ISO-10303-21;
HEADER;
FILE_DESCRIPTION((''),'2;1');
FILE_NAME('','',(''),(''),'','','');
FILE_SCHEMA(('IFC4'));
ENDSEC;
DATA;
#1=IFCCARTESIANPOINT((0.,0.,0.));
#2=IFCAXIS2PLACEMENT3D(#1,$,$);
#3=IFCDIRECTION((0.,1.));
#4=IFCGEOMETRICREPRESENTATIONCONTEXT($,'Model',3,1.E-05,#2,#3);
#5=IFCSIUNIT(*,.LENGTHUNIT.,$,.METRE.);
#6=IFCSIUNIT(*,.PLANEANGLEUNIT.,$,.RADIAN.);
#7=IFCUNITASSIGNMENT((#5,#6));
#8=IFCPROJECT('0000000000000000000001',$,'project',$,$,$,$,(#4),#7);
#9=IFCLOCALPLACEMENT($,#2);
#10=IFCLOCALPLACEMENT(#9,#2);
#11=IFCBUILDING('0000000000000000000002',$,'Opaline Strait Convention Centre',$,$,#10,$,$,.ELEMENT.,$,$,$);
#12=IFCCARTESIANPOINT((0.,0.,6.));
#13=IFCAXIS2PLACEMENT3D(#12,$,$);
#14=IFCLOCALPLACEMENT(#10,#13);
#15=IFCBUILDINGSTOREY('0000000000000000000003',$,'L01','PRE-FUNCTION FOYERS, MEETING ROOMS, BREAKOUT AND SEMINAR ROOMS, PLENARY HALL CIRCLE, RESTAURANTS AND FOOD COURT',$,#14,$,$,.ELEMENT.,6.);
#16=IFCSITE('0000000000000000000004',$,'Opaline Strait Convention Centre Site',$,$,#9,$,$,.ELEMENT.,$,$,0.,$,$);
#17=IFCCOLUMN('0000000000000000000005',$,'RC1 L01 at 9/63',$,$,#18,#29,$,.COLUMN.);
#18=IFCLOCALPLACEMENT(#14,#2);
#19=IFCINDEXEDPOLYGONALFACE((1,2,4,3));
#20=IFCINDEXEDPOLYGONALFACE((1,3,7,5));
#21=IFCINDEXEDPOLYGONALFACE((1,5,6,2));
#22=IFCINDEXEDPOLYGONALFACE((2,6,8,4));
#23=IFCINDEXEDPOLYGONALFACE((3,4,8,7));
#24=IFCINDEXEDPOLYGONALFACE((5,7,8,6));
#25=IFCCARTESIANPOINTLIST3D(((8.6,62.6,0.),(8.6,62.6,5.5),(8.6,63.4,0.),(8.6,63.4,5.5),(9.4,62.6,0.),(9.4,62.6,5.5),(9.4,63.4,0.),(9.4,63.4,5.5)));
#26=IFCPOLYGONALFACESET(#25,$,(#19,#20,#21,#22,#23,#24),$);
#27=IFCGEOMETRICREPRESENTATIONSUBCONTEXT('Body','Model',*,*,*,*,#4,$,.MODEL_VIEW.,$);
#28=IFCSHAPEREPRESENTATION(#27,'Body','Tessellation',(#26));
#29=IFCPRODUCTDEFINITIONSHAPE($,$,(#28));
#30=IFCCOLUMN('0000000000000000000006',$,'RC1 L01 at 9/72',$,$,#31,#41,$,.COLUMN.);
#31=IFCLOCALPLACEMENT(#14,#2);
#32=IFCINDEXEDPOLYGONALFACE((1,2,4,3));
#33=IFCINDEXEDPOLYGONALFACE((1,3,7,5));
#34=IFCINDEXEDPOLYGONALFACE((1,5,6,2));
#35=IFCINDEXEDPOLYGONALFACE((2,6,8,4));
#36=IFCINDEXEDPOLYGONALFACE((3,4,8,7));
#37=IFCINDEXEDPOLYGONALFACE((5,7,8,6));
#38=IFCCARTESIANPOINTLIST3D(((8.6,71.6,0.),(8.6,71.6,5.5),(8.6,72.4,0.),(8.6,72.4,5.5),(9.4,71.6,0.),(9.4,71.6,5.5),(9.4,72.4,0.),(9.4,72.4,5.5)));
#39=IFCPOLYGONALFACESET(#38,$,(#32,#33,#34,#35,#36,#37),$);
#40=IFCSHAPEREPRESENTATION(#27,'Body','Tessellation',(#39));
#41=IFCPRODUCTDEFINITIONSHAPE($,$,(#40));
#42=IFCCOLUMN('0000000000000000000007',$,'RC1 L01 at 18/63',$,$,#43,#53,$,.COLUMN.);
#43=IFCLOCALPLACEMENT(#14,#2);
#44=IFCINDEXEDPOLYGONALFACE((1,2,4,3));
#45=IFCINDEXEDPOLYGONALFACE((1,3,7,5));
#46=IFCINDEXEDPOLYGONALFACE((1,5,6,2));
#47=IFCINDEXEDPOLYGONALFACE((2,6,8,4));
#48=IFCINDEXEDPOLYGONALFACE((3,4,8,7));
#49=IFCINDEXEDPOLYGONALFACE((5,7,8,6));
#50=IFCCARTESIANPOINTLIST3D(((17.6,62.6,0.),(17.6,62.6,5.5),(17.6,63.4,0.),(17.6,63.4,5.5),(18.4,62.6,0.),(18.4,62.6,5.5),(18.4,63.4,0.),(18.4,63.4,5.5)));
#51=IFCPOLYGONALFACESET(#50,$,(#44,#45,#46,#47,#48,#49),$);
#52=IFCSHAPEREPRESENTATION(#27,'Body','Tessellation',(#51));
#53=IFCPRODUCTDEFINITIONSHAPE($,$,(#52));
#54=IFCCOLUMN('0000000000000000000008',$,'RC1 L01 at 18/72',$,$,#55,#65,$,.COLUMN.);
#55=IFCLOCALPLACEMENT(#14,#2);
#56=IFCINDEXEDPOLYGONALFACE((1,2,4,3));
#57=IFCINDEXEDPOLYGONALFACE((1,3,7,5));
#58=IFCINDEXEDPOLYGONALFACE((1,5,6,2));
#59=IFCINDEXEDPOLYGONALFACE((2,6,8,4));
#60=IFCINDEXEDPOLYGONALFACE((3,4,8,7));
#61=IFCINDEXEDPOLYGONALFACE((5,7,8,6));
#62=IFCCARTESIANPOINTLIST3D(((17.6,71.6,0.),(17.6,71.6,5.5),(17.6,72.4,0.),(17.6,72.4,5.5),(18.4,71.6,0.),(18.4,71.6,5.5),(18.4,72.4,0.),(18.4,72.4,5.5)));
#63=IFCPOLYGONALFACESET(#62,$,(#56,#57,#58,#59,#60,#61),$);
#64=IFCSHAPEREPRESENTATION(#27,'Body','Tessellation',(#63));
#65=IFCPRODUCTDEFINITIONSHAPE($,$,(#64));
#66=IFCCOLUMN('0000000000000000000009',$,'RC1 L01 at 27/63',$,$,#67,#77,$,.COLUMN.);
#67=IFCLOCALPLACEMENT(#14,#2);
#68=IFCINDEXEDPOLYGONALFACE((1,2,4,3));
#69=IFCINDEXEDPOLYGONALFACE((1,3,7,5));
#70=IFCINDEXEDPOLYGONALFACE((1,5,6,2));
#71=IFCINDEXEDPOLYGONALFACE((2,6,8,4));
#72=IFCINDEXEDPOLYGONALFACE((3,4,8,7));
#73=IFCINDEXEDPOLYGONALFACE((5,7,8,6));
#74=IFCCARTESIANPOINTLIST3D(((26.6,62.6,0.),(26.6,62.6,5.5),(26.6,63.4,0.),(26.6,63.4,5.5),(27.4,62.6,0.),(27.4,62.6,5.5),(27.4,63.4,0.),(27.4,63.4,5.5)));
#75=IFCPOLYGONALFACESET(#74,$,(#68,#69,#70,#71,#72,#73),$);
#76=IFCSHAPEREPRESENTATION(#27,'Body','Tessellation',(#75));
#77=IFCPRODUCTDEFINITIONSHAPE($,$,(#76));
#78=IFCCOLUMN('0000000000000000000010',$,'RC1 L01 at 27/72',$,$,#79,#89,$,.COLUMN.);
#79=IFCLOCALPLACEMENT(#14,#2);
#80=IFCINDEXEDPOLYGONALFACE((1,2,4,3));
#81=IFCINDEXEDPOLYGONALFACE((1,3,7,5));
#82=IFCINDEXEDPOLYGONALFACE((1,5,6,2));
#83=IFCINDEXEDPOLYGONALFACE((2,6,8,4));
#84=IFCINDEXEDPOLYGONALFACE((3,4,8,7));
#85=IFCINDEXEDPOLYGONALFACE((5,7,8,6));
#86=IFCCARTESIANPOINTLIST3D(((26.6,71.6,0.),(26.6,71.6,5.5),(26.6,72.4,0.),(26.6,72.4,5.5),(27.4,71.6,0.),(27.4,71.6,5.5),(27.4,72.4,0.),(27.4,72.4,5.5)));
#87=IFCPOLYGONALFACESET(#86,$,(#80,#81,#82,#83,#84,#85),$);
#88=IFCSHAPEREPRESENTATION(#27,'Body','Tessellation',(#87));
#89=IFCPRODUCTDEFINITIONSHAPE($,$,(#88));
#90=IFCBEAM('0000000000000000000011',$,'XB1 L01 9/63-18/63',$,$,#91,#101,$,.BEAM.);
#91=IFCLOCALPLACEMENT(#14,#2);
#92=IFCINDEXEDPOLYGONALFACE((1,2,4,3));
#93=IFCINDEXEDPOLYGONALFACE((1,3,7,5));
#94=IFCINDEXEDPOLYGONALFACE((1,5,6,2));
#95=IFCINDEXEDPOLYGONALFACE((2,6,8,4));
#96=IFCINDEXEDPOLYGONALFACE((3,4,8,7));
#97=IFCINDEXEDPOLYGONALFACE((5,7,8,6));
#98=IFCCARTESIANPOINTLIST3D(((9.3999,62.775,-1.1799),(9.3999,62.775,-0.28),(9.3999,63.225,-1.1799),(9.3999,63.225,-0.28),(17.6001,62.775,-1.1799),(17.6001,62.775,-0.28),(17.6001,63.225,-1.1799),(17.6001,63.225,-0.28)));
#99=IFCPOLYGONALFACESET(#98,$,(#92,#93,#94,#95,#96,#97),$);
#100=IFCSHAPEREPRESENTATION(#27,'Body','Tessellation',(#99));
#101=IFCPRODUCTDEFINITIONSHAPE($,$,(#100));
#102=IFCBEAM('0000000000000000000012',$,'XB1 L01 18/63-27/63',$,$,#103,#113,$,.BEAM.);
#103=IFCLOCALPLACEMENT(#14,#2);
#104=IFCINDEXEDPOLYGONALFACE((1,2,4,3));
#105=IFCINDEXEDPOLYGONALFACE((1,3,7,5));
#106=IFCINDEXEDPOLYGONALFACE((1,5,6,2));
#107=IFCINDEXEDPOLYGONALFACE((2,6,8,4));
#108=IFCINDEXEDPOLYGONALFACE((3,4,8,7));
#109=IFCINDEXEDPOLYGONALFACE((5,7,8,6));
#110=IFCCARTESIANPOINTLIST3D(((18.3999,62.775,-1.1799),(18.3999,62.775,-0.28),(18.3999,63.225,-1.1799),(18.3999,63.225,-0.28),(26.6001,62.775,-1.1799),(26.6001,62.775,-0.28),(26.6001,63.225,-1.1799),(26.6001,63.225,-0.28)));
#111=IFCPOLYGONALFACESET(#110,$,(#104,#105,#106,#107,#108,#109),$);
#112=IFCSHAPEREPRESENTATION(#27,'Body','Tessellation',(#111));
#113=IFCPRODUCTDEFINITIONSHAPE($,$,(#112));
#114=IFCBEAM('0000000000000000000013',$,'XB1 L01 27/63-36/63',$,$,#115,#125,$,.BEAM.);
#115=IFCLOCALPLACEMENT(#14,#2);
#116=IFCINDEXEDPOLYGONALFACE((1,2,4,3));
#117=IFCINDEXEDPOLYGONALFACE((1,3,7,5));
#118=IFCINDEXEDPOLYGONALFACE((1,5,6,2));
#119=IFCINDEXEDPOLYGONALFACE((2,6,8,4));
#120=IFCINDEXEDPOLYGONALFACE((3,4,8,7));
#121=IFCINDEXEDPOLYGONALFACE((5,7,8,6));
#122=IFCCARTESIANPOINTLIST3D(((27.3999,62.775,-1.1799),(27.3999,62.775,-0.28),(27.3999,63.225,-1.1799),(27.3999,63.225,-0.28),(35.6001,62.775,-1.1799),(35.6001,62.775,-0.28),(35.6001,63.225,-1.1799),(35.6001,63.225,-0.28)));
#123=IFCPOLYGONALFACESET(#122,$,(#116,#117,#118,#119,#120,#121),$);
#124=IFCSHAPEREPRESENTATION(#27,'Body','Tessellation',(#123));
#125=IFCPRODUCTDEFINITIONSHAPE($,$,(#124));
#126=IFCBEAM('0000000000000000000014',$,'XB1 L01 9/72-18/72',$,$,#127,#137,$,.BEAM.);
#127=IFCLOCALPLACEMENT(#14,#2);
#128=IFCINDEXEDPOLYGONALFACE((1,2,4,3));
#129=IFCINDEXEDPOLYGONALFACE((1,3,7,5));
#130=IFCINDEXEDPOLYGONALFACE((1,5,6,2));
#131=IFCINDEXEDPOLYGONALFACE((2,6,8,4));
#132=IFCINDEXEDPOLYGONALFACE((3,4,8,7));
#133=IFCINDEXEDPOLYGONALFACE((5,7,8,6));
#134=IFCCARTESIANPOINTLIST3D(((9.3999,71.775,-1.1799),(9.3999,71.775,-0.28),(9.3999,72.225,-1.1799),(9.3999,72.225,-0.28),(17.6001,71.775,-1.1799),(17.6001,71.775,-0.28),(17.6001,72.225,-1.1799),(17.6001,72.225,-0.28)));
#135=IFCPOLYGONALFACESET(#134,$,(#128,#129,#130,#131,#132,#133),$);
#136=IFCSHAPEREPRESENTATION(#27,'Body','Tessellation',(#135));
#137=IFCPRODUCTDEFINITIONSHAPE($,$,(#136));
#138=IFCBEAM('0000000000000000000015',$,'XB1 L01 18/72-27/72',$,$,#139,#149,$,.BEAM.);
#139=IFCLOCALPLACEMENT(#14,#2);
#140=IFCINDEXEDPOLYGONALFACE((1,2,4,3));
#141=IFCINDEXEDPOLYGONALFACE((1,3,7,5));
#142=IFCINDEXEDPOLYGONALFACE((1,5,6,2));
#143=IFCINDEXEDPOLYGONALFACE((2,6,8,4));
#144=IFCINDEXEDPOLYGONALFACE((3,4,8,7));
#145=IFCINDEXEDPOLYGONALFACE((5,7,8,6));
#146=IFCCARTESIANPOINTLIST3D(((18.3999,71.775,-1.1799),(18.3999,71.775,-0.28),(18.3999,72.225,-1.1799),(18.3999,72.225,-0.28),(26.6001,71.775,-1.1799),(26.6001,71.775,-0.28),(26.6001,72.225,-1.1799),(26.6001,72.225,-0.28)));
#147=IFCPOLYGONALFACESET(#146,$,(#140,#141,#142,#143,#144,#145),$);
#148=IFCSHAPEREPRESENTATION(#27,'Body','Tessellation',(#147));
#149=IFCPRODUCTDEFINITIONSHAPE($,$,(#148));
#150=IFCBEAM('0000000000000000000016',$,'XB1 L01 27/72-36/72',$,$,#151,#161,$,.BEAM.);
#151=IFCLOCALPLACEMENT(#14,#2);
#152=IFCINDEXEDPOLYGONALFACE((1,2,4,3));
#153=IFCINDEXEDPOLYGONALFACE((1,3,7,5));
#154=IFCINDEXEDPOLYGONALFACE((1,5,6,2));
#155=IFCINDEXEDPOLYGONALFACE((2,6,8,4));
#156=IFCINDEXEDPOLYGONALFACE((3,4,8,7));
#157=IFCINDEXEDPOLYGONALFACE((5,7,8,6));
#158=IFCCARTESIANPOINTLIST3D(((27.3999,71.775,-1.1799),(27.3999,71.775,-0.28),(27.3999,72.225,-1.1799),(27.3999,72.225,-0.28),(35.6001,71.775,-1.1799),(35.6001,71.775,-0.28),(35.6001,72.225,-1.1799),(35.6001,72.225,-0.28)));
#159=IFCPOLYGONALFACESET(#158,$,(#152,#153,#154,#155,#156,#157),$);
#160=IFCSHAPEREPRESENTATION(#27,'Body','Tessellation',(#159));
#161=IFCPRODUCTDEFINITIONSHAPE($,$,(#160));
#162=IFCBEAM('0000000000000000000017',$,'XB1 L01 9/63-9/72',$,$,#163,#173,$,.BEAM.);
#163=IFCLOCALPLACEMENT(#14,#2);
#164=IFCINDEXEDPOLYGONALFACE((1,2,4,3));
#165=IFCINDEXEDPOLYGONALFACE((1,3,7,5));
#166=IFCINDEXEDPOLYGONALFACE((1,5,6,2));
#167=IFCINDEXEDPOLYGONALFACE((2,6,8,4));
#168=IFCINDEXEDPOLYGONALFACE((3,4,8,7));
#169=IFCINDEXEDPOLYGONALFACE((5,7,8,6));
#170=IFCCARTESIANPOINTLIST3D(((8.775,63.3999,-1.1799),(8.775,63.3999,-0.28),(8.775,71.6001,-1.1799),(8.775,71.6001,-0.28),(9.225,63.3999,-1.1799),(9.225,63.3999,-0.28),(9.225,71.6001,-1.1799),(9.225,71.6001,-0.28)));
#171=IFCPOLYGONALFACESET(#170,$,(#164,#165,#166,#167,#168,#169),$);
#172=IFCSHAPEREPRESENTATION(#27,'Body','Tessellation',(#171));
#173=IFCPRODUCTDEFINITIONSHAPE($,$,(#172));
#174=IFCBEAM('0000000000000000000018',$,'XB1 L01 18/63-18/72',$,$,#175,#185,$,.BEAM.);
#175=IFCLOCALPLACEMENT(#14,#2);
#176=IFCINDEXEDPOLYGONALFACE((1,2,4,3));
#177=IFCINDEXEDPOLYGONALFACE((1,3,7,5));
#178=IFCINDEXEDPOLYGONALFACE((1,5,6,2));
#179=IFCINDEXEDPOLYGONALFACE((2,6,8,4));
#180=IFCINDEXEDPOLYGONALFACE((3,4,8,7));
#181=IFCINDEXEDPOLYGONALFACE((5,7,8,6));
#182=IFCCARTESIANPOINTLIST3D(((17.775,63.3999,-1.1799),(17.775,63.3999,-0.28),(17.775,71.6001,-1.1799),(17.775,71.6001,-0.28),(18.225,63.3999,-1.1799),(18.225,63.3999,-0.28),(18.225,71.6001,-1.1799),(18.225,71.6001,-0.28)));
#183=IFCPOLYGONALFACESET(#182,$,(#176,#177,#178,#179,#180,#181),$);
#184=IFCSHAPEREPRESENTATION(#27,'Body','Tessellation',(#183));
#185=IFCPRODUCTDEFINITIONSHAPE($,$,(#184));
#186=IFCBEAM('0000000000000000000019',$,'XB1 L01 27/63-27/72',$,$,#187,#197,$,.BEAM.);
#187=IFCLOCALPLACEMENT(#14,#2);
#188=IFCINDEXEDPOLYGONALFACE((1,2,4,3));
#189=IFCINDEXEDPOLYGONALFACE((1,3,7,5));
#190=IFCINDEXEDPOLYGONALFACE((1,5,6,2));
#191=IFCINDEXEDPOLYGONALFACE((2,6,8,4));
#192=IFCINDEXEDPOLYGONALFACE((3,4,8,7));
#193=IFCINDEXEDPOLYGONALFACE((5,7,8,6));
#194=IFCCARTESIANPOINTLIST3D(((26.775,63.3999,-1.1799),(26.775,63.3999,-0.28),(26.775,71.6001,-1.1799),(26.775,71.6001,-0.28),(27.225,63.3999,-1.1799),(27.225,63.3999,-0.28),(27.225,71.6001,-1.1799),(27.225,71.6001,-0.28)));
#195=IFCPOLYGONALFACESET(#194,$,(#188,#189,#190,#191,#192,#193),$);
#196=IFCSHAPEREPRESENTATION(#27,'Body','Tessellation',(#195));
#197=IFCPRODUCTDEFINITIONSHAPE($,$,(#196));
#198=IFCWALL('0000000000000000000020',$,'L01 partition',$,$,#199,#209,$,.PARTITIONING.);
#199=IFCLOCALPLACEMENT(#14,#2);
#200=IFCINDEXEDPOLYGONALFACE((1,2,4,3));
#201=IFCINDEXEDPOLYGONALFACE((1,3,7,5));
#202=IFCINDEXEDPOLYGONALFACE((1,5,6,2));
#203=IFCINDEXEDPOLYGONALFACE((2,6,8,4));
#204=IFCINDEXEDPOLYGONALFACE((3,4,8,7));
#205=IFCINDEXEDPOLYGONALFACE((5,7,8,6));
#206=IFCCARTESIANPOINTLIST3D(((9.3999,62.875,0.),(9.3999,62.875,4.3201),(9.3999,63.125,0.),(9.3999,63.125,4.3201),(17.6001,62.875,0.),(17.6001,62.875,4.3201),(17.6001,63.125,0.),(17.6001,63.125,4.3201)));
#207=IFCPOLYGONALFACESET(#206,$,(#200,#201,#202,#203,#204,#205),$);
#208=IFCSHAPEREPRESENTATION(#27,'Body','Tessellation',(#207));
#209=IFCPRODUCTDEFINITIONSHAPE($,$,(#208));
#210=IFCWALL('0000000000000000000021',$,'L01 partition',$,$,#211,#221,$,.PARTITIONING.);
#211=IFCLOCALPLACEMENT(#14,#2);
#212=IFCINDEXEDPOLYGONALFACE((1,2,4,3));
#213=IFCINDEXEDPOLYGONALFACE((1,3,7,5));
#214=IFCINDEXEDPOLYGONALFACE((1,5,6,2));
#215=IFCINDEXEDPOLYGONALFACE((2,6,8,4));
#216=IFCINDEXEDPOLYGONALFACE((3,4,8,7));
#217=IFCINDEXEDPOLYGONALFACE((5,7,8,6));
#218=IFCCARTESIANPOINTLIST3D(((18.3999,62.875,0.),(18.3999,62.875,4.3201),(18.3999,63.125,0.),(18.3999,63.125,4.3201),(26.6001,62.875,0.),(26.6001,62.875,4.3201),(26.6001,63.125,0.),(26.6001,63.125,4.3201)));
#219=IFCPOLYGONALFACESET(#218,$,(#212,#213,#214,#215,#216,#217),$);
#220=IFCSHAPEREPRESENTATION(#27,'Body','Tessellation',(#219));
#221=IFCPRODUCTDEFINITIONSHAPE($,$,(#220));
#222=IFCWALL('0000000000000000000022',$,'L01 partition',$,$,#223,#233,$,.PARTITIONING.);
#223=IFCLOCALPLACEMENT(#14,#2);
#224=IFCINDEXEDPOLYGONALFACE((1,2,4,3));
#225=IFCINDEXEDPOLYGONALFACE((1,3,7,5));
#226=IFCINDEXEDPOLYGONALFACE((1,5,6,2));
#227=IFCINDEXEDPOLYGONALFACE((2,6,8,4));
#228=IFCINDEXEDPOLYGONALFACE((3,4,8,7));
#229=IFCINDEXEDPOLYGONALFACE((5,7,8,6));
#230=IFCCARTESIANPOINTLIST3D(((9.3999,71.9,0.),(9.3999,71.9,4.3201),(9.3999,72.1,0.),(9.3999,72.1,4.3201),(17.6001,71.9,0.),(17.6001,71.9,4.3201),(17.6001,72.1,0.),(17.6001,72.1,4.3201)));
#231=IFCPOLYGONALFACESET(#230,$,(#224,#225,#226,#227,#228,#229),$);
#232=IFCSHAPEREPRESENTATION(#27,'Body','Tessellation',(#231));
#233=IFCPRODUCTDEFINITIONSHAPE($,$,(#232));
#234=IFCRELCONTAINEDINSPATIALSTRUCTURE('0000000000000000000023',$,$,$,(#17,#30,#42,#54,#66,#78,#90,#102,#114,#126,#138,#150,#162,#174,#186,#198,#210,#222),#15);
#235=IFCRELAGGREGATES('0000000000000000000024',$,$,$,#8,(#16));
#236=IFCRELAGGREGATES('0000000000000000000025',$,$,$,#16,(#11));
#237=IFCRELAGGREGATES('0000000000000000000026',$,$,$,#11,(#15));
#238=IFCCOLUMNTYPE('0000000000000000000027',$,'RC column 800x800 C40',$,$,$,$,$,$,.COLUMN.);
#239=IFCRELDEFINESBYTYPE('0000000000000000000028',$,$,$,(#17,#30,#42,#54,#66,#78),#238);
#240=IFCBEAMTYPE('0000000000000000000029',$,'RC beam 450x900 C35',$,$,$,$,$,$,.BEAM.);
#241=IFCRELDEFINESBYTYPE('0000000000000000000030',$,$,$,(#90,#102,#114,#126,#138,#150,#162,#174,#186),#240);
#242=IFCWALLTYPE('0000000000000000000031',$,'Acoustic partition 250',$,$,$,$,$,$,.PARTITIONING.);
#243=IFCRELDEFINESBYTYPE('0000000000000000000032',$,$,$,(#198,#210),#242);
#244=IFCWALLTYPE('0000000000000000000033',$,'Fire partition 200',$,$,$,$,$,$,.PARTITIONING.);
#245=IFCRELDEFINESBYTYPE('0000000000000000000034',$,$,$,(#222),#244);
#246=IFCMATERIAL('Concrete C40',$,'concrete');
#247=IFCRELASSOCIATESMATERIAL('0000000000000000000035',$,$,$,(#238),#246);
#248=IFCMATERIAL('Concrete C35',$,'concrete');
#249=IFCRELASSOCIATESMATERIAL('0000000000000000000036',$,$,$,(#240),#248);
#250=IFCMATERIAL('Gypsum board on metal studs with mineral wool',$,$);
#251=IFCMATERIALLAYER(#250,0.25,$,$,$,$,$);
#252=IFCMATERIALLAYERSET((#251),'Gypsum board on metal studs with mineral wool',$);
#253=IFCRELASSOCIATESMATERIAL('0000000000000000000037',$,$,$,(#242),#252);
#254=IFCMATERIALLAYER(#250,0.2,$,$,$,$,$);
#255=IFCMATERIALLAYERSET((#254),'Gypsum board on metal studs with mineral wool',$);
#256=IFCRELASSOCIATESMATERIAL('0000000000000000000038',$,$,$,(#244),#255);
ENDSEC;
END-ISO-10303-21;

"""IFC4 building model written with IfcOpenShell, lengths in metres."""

from ifc_helpers import new_model, si_unit, direction, frame, frame_2d, origin, origin_2d, place, context, subcontext, project, spatial, rectangle, extrude, material, layer, layer_set, material_profile, profile_set, type_object, element, save


model = new_model("IFC4")

# Units and contexts
model_context = context("Model", 3, precision=1e-05, world=origin(), true_north=direction((0.0, 1.0)))
body_context = subcontext(model_context, "Body", "Model", "MODEL_VIEW")
ifc_project = project(units=[si_unit("LENGTHUNIT", "METRE"), si_unit("PLANEANGLEUNIT", "RADIAN")], contexts=[model_context])

# Site, building, storey
site_placement = place(None, origin())
site = spatial("IfcSite", under=ifc_project, at=site_placement, Name="Opaline Strait Convention Centre Site", CompositionType="ELEMENT", RefElevation=0.0)
building_placement = place(site_placement, origin())
building = spatial("IfcBuilding", under=site, at=building_placement, Name="Opaline Strait Convention Centre", CompositionType="ELEMENT")
storey_placement = place(building_placement, frame((0.0, 0.0, 6.0)))
storey = spatial("IfcBuildingStorey", under=building, at=storey_placement, Name="L01", Description="PRE-FUNCTION FOYERS, MEETING ROOMS, BREAKOUT AND SEMINAR ROOMS, PLENARY HALL CIRCLE, RESTAURANTS AND FOOD COURT", CompositionType="ELEMENT", Elevation=6.0)

# Columns
ifc_material_1 = material(Name="Concrete C40", Category="concrete")
ifc_material_profile_1 = material_profile(ifc_material_1, rectangle(XDim=0.8, YDim=0.8, at=origin_2d()), Name="RC 800x800")
ifc_profile_set_1 = profile_set([ifc_material_profile_1], Name="Concrete C40")
column_type = type_object("IfcColumnType", Name="RC column 800x800 C40", PredefinedType="COLUMN", material=ifc_profile_set_1)
for number, where, z_axis, x_axis, name in (
    (1, (9.0, 63.0, 0.0), (0.0, 0.0, 1.0), (1.0, 0.0, 0.0), "RC1 L01 at 9/63"),
    (2, (9.0, 72.0, 0.0), (0.0, 0.0, 1.0), (1.0, 0.0, 0.0), "RC1 L01 at 9/72"),
    (3, (18.0, 63.0, 0.0), (0.0, 0.0, 1.0), (1.0, 0.0, 0.0), "RC1 L01 at 18/63"),
    (4, (18.0, 72.0, 0.0), (0.0, 0.0, 1.0), (1.0, 0.0, 0.0), "RC1 L01 at 18/72"),
    (5, (27.0, 63.0, 0.0), (0.0, 0.0, 1.0), (1.0, 0.0, 0.0), "RC1 L01 at 27/63"),
    (6, (27.0, 72.0, 0.0), (0.0, 0.0, 1.0), (1.0, 0.0, 0.0), "RC1 L01 at 27/72"),
):
    element("IfcColumn", number, at=place(storey_placement, frame(where, z_axis=z_axis, x_axis=x_axis)), inside=storey, type_object=column_type, Name=name, PredefinedType="COLUMN", context=body_context, shape_type="SweptSolid", body=[
        extrude(rectangle(XDim=0.8, YDim=0.8, at=origin_2d()), origin(), (0.0, 0.0, 1.0), 5.5),
    ])

# Beams
ifc_material_2 = material(Name="Concrete C35", Category="concrete")
ifc_material_profile_2 = material_profile(ifc_material_2, rectangle(XDim=0.45, YDim=0.8999, at=origin_2d()), Name="RC 450x900")
ifc_profile_set_2 = profile_set([ifc_material_profile_2], Name="Concrete C35")
beam_type = type_object("IfcBeamType", Name="RC beam 450x900 C35", PredefinedType="BEAM", material=ifc_profile_set_2)
for number, where, z_axis, x_axis, name in (
    (7, (9.3999, 63.0, -0.73), (1.0, 0.0, 0.0), (0.0, 1.0, 0.0), "XB1 L01 9/63-18/63"),
    (8, (18.3999, 63.0, -0.73), (1.0, 0.0, 0.0), (0.0, 1.0, 0.0), "XB1 L01 18/63-27/63"),
    (9, (27.3999, 63.0, -0.73), (1.0, 0.0, 0.0), (0.0, 1.0, 0.0), "XB1 L01 27/63-36/63"),
    (10, (9.3999, 72.0, -0.73), (1.0, 0.0, 0.0), (0.0, 1.0, 0.0), "XB1 L01 9/72-18/72"),
    (11, (18.3999, 72.0, -0.73), (1.0, 0.0, 0.0), (0.0, 1.0, 0.0), "XB1 L01 18/72-27/72"),
    (12, (27.3999, 72.0, -0.73), (1.0, 0.0, 0.0), (0.0, 1.0, 0.0), "XB1 L01 27/72-36/72"),
    (13, (9.0, 63.3999, -0.73), (0.0, 1.0, 0.0), (-1.0, 0.0, 0.0), "XB1 L01 9/63-9/72"),
    (14, (18.0, 63.3999, -0.73), (0.0, 1.0, 0.0), (-1.0, 0.0, 0.0), "XB1 L01 18/63-18/72"),
    (15, (27.0, 63.3999, -0.73), (0.0, 1.0, 0.0), (-1.0, 0.0, 0.0), "XB1 L01 27/63-27/72"),
):
    element("IfcBeam", number, at=place(storey_placement, frame(where, z_axis=z_axis, x_axis=x_axis)), inside=storey, type_object=beam_type, Name=name, PredefinedType="BEAM", context=body_context, shape_type="SweptSolid", body=[
        extrude(rectangle(XDim=0.45, YDim=0.8999, at=origin_2d()), origin(), (0.0, 0.0, 1.0), 8.2002),
    ])

# Walls
ifc_material_3 = material(Name="Gypsum board on metal studs with mineral wool")
ifc_layer_1 = layer(ifc_material_3, 0.25)
ifc_layer_set_1 = layer_set([ifc_layer_1], Name="Gypsum board on metal studs with mineral wool")
wall_type_1 = type_object("IfcWallType", Name="Acoustic partition 250", PredefinedType="PARTITIONING", material=ifc_layer_set_1)
for number, where, z_axis, x_axis, name in (
    (16, (9.3999, 63.0, 0.0), (0.0, 0.0, 1.0), (1.0, 0.0, 0.0), "L01 partition"),
    (17, (18.3999, 63.0, 0.0), (0.0, 0.0, 1.0), (1.0, 0.0, 0.0), "L01 partition"),
):
    element("IfcWall", number, at=place(storey_placement, frame(where, z_axis=z_axis, x_axis=x_axis)), inside=storey, type_object=wall_type_1, Name=name, PredefinedType="PARTITIONING", context=body_context, shape_type="SweptSolid", body=[
        extrude(rectangle(XDim=8.2002, YDim=0.25, at=frame_2d((4.1001, 0.0))), origin(), (0.0, 0.0, 1.0), 4.3201),
    ])
ifc_layer_2 = layer(ifc_material_3, 0.2)
ifc_layer_set_2 = layer_set([ifc_layer_2], Name="Gypsum board on metal studs with mineral wool")
wall_type_2 = type_object("IfcWallType", Name="Fire partition 200", PredefinedType="PARTITIONING", material=ifc_layer_set_2)
for number, where, z_axis, x_axis, name in (
    (18, (9.3999, 72.0, 0.0), (0.0, 0.0, 1.0), (1.0, 0.0, 0.0), "L01 partition"),
):
    element("IfcWall", number, at=place(storey_placement, frame(where, z_axis=z_axis, x_axis=x_axis)), inside=storey, type_object=wall_type_2, Name=name, PredefinedType="PARTITIONING", context=body_context, shape_type="SweptSolid", body=[
        extrude(rectangle(XDim=8.2002, YDim=0.2, at=frame_2d((4.1001, 0.0))), origin(), (0.0, 0.0, 1.0), 4.3201),
    ])

save(model, "model.ifc")
